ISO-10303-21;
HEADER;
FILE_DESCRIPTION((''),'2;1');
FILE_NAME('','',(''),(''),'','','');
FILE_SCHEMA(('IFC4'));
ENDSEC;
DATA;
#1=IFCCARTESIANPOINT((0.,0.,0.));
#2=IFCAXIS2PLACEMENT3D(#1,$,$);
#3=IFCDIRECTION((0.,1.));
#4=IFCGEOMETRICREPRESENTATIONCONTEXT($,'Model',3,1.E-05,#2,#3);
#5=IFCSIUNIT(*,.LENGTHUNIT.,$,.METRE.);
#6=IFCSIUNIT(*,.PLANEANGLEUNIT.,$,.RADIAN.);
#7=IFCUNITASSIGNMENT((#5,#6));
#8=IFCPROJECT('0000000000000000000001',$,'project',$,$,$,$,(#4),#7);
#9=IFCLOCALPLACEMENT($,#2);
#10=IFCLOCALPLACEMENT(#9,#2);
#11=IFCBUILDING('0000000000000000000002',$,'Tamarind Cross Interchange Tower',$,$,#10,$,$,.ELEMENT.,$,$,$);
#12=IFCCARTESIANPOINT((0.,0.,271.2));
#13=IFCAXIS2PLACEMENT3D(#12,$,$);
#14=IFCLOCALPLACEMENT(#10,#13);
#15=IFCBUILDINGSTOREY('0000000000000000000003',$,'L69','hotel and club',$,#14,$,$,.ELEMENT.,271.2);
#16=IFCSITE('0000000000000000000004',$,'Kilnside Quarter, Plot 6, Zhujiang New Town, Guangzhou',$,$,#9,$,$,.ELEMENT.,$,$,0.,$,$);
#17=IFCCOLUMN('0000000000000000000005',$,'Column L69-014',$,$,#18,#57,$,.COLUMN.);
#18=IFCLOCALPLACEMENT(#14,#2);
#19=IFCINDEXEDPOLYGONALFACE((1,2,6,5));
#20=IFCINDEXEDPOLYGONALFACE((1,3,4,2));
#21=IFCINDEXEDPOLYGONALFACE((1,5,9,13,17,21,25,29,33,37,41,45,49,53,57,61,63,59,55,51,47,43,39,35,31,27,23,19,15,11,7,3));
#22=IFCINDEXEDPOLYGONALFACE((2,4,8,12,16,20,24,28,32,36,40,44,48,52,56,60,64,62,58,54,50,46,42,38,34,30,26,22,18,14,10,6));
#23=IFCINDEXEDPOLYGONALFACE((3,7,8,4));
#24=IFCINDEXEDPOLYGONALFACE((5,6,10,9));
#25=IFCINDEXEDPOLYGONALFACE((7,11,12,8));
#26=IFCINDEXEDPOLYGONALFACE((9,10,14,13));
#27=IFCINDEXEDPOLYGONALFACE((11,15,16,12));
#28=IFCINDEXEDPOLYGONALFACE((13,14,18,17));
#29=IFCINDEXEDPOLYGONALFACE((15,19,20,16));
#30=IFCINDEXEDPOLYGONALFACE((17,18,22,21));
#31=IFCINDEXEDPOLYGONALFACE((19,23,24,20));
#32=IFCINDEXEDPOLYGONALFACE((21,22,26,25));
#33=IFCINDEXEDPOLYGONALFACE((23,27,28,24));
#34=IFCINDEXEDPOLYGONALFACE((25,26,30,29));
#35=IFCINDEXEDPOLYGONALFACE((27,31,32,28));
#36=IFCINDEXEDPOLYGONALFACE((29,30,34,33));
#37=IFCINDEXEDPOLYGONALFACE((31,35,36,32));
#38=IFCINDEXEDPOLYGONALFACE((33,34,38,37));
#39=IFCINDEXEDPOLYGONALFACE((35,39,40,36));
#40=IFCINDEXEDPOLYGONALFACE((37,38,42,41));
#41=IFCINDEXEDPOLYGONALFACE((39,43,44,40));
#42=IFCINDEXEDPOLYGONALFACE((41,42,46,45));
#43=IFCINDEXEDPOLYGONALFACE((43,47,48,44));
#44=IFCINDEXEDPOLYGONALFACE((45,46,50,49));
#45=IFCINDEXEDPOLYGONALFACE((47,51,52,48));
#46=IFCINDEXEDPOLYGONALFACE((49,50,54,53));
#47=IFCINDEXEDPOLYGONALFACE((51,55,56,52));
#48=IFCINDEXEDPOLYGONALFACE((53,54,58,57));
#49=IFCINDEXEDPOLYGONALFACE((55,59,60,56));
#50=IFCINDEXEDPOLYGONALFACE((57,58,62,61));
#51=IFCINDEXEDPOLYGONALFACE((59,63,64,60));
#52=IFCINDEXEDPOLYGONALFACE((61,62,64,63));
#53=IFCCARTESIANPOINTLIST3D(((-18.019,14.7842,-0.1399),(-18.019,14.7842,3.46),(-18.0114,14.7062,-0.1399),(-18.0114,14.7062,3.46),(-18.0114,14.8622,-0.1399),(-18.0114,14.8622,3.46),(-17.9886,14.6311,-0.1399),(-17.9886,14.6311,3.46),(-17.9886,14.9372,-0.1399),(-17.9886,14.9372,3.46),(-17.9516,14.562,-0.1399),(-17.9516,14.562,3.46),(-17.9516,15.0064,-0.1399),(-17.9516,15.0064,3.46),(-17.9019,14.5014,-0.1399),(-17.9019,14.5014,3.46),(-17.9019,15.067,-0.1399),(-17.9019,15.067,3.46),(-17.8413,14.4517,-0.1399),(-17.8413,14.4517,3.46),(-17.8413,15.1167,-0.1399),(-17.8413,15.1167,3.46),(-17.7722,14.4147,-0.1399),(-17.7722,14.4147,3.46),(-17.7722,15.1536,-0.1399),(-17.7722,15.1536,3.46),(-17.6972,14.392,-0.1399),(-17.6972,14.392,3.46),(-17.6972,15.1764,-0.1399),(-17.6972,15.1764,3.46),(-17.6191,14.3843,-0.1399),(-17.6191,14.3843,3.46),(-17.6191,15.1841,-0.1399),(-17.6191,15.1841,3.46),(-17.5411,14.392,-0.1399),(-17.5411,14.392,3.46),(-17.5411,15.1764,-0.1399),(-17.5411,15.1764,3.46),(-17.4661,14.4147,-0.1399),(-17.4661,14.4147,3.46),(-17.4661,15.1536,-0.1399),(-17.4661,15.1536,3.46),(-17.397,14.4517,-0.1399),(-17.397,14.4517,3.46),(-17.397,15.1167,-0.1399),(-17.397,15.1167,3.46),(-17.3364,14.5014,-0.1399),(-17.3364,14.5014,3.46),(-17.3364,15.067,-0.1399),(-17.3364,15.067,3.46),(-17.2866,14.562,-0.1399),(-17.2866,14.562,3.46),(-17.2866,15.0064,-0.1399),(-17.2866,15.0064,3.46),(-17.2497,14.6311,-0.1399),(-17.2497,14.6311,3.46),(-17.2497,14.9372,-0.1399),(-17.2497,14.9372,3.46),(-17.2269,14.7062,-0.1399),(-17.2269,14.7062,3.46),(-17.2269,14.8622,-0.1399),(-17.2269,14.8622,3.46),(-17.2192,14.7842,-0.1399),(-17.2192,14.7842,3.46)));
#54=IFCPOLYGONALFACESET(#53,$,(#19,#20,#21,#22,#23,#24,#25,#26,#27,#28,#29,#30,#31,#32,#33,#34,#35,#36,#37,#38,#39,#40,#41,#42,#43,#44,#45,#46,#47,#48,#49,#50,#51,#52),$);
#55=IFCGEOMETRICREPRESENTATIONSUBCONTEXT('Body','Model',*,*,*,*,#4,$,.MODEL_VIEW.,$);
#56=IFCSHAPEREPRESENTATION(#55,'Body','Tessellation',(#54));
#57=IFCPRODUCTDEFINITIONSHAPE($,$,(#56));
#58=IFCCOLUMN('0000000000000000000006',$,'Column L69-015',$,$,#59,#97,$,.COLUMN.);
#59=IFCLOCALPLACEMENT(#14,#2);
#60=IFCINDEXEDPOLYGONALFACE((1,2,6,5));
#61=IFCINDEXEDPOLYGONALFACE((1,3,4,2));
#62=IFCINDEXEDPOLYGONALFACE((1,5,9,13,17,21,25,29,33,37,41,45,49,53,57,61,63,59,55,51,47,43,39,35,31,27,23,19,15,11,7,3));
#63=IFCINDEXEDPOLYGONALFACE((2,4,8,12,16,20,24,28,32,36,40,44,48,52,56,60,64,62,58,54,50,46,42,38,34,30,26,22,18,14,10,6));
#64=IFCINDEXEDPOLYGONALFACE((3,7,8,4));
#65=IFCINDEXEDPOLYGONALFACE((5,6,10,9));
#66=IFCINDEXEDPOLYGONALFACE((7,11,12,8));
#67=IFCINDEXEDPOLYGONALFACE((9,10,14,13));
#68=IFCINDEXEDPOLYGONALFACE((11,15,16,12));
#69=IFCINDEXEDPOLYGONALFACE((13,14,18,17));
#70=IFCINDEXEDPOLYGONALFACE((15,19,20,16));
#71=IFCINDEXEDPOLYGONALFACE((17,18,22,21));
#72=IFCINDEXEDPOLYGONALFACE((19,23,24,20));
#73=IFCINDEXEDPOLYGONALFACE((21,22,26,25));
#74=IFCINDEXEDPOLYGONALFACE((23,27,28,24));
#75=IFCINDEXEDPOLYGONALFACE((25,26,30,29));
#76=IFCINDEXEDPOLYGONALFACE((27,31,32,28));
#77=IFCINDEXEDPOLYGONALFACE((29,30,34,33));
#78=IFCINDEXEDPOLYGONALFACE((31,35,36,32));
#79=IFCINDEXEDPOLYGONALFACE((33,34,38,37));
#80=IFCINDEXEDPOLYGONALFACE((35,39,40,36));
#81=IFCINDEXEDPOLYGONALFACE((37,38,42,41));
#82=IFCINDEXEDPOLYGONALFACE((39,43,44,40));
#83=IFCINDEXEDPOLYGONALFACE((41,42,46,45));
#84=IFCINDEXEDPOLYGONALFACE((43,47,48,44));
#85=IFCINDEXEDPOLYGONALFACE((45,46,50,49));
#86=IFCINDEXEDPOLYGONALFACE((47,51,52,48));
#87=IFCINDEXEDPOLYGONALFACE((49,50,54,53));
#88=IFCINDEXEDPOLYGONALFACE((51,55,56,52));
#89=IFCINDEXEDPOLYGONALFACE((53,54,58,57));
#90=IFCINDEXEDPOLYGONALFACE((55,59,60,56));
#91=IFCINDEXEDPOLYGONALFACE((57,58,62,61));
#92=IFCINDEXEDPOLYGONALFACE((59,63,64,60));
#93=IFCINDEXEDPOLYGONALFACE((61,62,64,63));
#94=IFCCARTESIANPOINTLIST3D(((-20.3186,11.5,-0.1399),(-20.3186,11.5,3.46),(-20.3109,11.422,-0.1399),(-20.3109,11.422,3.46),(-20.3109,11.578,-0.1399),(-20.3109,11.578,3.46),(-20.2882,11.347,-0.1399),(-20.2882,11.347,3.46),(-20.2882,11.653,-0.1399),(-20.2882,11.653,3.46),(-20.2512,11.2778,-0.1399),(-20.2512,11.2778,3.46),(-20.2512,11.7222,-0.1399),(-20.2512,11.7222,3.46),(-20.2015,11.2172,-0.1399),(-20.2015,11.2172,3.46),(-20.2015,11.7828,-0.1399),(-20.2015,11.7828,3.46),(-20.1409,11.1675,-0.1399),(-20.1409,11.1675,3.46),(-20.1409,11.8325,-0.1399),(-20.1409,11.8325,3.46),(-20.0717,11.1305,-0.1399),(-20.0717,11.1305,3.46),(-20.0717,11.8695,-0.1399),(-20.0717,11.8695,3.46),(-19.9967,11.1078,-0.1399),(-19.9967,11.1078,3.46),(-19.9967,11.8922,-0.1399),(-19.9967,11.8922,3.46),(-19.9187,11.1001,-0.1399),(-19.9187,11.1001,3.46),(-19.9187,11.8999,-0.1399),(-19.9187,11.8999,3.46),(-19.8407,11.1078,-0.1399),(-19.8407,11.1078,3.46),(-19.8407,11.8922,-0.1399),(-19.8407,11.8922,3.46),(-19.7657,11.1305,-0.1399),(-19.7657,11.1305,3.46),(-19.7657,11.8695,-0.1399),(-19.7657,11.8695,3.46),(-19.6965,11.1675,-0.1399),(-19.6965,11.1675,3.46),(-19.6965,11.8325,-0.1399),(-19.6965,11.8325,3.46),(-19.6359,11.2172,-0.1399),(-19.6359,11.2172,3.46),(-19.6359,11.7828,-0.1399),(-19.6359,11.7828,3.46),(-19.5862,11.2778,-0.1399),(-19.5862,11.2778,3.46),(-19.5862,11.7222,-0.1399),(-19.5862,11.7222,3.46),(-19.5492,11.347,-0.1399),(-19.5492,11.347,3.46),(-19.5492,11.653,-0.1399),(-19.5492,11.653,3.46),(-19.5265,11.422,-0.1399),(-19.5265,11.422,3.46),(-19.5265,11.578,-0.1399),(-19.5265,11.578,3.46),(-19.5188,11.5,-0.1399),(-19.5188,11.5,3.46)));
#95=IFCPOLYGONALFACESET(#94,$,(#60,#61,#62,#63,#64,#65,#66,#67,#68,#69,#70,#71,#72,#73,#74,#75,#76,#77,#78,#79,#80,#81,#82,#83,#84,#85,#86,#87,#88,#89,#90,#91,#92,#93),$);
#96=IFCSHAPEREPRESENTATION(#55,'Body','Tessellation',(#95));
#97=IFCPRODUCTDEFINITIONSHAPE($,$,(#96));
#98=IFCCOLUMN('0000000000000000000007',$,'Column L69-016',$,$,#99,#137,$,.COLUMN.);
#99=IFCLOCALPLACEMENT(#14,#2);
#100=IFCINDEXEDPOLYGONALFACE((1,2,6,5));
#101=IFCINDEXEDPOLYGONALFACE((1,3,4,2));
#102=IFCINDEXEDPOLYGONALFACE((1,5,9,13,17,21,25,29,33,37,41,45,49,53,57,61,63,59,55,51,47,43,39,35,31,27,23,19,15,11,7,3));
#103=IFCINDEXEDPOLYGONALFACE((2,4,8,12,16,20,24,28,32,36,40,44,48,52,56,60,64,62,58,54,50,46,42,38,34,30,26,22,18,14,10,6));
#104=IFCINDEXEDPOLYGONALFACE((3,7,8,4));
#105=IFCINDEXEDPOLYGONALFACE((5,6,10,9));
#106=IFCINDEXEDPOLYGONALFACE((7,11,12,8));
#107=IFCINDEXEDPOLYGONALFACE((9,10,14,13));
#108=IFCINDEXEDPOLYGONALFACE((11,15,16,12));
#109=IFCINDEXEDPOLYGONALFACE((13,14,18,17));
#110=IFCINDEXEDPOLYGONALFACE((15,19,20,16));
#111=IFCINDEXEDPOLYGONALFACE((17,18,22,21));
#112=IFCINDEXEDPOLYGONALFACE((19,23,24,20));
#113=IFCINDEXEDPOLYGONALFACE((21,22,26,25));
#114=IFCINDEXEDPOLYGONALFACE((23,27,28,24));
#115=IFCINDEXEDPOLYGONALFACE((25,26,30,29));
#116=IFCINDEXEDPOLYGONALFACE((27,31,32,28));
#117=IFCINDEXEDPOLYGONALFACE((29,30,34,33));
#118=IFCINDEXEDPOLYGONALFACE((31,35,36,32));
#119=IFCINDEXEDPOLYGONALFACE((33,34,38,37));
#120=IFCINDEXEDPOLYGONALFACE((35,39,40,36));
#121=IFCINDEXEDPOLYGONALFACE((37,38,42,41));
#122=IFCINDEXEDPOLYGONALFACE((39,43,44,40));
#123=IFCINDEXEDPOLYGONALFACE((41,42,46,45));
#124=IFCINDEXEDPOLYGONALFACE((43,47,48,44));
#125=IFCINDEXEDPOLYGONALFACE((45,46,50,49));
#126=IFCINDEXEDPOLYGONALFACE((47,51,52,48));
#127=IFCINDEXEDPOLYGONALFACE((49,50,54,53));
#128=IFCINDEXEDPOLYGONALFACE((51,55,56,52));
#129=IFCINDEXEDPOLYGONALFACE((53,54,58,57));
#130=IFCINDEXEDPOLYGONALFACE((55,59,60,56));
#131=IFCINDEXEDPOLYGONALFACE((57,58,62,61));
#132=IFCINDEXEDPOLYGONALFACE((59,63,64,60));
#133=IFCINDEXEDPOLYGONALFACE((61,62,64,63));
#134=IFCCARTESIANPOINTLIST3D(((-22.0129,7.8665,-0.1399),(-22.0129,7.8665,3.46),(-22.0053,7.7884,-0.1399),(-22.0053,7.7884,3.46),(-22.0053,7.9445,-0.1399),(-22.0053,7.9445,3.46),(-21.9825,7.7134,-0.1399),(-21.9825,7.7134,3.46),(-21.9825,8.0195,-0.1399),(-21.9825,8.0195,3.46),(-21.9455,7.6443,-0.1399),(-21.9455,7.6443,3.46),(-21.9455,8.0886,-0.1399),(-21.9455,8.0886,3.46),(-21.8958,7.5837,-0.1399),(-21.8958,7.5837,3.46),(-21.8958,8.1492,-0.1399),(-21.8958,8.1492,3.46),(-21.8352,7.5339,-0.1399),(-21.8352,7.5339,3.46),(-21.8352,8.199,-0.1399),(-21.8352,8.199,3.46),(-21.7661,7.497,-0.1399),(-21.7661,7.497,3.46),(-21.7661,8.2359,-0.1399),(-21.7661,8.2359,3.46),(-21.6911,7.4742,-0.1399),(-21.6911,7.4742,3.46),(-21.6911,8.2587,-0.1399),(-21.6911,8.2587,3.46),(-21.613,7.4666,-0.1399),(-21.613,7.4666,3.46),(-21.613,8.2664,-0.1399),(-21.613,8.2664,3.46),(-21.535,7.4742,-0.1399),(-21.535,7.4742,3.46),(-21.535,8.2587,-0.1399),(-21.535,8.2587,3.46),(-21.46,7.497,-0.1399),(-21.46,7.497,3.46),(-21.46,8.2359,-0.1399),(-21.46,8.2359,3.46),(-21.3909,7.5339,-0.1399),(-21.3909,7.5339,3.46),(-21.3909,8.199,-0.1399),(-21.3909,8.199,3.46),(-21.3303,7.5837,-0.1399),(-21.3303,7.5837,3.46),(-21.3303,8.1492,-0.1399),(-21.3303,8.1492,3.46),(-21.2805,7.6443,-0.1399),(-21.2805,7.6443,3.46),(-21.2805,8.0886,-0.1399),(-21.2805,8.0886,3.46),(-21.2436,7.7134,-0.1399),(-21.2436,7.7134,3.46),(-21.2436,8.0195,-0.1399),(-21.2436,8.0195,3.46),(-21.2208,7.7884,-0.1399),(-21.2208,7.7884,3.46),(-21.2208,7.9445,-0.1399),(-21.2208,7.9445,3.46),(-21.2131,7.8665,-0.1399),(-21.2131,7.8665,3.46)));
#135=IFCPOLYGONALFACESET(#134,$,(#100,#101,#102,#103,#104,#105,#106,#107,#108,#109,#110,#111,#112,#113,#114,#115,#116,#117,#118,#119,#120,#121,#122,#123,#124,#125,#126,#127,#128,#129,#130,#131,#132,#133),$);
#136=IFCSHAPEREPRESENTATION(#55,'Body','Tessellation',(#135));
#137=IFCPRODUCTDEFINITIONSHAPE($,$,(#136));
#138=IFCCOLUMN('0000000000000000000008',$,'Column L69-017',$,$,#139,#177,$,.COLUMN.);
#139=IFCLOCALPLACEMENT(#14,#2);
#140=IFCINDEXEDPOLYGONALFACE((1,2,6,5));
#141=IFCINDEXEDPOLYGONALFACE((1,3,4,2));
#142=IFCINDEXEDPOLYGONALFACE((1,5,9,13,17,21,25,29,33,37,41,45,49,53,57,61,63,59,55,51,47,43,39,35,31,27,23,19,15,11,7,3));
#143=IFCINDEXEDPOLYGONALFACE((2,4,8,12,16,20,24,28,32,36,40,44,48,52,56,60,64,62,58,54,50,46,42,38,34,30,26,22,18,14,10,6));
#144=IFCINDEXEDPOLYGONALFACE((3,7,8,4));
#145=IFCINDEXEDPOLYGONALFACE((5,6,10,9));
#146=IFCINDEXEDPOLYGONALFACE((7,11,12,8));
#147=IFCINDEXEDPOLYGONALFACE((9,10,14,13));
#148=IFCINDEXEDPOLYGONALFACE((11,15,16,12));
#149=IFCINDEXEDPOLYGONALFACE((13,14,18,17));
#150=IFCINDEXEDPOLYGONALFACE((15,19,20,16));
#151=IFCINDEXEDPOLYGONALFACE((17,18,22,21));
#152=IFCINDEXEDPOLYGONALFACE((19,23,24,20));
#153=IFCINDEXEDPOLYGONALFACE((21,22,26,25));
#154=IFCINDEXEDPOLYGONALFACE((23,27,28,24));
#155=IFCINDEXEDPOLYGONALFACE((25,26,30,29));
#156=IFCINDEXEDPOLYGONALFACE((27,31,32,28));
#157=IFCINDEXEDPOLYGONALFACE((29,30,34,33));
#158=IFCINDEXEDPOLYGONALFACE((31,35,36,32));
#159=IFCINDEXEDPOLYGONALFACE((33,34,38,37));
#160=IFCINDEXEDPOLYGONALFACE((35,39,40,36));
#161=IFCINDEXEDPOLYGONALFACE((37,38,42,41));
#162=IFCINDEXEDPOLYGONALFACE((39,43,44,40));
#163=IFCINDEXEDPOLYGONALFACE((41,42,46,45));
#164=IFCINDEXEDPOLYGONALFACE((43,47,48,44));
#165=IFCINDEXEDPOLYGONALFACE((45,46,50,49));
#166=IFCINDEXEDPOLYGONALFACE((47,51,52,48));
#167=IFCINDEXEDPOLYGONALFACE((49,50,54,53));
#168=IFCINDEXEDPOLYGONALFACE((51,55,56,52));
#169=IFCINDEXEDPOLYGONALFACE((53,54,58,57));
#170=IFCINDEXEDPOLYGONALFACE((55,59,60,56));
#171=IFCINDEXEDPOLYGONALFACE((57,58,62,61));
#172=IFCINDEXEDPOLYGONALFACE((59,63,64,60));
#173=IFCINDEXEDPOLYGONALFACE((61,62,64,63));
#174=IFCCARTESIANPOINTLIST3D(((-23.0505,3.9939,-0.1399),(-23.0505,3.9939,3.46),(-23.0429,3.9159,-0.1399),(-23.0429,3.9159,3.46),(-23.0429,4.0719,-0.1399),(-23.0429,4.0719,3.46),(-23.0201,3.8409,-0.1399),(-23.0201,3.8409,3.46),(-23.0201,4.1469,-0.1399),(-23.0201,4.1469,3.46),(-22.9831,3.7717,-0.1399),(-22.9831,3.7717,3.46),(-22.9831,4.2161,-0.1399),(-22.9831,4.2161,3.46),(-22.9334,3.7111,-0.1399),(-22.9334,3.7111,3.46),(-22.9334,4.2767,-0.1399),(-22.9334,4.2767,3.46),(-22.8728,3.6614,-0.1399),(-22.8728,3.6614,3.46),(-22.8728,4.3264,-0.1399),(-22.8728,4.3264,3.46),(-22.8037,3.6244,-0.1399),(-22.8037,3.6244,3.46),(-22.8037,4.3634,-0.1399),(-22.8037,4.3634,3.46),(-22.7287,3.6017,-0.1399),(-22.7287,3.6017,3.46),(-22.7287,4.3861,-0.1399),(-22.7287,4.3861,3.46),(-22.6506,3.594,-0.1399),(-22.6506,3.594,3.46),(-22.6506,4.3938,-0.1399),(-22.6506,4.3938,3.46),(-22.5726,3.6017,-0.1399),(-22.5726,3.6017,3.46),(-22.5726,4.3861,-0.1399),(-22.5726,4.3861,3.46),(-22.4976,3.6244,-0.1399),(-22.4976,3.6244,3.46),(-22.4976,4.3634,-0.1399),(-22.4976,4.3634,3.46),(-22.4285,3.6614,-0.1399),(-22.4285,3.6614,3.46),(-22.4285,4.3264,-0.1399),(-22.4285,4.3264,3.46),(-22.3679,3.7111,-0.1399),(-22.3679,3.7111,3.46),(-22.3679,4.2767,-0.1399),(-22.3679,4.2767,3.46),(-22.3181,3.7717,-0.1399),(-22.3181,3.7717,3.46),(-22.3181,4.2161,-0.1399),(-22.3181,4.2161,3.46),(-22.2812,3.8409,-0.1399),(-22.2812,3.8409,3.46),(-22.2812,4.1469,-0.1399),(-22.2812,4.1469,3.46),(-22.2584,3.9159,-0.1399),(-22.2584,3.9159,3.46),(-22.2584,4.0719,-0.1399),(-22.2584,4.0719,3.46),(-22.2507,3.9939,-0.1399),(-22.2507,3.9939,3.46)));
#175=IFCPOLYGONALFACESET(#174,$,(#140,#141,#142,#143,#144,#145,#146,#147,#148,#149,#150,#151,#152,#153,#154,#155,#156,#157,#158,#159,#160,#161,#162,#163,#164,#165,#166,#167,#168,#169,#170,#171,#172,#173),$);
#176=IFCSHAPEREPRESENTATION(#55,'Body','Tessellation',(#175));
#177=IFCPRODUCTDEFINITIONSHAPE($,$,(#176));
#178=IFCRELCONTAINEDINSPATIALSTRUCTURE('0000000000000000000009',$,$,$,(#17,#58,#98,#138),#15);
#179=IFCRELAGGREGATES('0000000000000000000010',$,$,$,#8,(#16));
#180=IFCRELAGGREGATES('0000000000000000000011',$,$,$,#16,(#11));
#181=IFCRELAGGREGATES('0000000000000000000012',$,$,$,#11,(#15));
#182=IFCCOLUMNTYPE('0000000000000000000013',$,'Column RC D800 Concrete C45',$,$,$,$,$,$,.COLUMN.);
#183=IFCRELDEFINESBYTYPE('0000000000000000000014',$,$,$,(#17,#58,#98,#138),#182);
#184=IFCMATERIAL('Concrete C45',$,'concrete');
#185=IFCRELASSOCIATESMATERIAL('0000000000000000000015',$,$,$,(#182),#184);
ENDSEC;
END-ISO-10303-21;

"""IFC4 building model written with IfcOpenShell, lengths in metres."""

from ifc_helpers import new_model, si_unit, direction, frame, origin, origin_2d, place, context, subcontext, project, spatial, circle, extrude, material, material_profile, profile_set, type_object, element, save


model = new_model("IFC4")

# Units and contexts
model_context = context("Model", 3, precision=1e-05, world=origin(), true_north=direction((0.0, 1.0)))
body_context = subcontext(model_context, "Body", "Model", "MODEL_VIEW")
ifc_project = project(units=[si_unit("LENGTHUNIT", "METRE"), si_unit("PLANEANGLEUNIT", "RADIAN")], contexts=[model_context])

# Site, building, storey
site_placement = place(None, origin())
site = spatial("IfcSite", under=ifc_project, at=site_placement, Name="Kilnside Quarter, Plot 6, Zhujiang New Town, Guangzhou", CompositionType="ELEMENT", RefElevation=0.0)
building_placement = place(site_placement, origin())
building = spatial("IfcBuilding", under=site, at=building_placement, Name="Tamarind Cross Interchange Tower", CompositionType="ELEMENT")
storey_placement = place(building_placement, frame((0.0, 0.0, 271.2)))
storey = spatial("IfcBuildingStorey", under=building, at=storey_placement, Name="L69", Description="hotel and club", CompositionType="ELEMENT", Elevation=271.2)

# Columns
ifc_material_1 = material(Name="Concrete C45", Category="concrete")
ifc_material_profile_1 = material_profile(ifc_material_1, circle(Radius=0.3999, at=origin_2d()), Name="RC D800")
ifc_profile_set_1 = profile_set([ifc_material_profile_1], Name="Concrete C45")
column_type = type_object("IfcColumnType", Name="Column RC D800 Concrete C45", PredefinedType="COLUMN", material=ifc_profile_set_1)
for number, where, z_axis, x_axis, name in (
    (1, (-17.6191, 14.7842, -0.1399), (0.0, 0.0, 1.0), (1.0, 0.0, 0.0), "Column L69-014"),
    (2, (-19.9187, 11.5, -0.1399), (0.0, 0.0, 1.0), (1.0, 0.0, 0.0), "Column L69-015"),
    (3, (-21.613, 7.8665, -0.1399), (0.0, 0.0, 1.0), (1.0, 0.0, 0.0), "Column L69-016"),
    (4, (-22.6506, 3.9939, -0.1399), (0.0, 0.0, 1.0), (1.0, 0.0, 0.0), "Column L69-017"),
):
    element("IfcColumn", number, at=place(storey_placement, frame(where, z_axis=z_axis, x_axis=x_axis)), inside=storey, type_object=column_type, Name=name, PredefinedType="COLUMN", context=body_context, shape_type="SweptSolid", body=[
        extrude(circle(Radius=0.3999, at=origin_2d()), origin(), (0.0, 0.0, 1.0), 3.5999),
    ])

save(model, "model.ifc")
